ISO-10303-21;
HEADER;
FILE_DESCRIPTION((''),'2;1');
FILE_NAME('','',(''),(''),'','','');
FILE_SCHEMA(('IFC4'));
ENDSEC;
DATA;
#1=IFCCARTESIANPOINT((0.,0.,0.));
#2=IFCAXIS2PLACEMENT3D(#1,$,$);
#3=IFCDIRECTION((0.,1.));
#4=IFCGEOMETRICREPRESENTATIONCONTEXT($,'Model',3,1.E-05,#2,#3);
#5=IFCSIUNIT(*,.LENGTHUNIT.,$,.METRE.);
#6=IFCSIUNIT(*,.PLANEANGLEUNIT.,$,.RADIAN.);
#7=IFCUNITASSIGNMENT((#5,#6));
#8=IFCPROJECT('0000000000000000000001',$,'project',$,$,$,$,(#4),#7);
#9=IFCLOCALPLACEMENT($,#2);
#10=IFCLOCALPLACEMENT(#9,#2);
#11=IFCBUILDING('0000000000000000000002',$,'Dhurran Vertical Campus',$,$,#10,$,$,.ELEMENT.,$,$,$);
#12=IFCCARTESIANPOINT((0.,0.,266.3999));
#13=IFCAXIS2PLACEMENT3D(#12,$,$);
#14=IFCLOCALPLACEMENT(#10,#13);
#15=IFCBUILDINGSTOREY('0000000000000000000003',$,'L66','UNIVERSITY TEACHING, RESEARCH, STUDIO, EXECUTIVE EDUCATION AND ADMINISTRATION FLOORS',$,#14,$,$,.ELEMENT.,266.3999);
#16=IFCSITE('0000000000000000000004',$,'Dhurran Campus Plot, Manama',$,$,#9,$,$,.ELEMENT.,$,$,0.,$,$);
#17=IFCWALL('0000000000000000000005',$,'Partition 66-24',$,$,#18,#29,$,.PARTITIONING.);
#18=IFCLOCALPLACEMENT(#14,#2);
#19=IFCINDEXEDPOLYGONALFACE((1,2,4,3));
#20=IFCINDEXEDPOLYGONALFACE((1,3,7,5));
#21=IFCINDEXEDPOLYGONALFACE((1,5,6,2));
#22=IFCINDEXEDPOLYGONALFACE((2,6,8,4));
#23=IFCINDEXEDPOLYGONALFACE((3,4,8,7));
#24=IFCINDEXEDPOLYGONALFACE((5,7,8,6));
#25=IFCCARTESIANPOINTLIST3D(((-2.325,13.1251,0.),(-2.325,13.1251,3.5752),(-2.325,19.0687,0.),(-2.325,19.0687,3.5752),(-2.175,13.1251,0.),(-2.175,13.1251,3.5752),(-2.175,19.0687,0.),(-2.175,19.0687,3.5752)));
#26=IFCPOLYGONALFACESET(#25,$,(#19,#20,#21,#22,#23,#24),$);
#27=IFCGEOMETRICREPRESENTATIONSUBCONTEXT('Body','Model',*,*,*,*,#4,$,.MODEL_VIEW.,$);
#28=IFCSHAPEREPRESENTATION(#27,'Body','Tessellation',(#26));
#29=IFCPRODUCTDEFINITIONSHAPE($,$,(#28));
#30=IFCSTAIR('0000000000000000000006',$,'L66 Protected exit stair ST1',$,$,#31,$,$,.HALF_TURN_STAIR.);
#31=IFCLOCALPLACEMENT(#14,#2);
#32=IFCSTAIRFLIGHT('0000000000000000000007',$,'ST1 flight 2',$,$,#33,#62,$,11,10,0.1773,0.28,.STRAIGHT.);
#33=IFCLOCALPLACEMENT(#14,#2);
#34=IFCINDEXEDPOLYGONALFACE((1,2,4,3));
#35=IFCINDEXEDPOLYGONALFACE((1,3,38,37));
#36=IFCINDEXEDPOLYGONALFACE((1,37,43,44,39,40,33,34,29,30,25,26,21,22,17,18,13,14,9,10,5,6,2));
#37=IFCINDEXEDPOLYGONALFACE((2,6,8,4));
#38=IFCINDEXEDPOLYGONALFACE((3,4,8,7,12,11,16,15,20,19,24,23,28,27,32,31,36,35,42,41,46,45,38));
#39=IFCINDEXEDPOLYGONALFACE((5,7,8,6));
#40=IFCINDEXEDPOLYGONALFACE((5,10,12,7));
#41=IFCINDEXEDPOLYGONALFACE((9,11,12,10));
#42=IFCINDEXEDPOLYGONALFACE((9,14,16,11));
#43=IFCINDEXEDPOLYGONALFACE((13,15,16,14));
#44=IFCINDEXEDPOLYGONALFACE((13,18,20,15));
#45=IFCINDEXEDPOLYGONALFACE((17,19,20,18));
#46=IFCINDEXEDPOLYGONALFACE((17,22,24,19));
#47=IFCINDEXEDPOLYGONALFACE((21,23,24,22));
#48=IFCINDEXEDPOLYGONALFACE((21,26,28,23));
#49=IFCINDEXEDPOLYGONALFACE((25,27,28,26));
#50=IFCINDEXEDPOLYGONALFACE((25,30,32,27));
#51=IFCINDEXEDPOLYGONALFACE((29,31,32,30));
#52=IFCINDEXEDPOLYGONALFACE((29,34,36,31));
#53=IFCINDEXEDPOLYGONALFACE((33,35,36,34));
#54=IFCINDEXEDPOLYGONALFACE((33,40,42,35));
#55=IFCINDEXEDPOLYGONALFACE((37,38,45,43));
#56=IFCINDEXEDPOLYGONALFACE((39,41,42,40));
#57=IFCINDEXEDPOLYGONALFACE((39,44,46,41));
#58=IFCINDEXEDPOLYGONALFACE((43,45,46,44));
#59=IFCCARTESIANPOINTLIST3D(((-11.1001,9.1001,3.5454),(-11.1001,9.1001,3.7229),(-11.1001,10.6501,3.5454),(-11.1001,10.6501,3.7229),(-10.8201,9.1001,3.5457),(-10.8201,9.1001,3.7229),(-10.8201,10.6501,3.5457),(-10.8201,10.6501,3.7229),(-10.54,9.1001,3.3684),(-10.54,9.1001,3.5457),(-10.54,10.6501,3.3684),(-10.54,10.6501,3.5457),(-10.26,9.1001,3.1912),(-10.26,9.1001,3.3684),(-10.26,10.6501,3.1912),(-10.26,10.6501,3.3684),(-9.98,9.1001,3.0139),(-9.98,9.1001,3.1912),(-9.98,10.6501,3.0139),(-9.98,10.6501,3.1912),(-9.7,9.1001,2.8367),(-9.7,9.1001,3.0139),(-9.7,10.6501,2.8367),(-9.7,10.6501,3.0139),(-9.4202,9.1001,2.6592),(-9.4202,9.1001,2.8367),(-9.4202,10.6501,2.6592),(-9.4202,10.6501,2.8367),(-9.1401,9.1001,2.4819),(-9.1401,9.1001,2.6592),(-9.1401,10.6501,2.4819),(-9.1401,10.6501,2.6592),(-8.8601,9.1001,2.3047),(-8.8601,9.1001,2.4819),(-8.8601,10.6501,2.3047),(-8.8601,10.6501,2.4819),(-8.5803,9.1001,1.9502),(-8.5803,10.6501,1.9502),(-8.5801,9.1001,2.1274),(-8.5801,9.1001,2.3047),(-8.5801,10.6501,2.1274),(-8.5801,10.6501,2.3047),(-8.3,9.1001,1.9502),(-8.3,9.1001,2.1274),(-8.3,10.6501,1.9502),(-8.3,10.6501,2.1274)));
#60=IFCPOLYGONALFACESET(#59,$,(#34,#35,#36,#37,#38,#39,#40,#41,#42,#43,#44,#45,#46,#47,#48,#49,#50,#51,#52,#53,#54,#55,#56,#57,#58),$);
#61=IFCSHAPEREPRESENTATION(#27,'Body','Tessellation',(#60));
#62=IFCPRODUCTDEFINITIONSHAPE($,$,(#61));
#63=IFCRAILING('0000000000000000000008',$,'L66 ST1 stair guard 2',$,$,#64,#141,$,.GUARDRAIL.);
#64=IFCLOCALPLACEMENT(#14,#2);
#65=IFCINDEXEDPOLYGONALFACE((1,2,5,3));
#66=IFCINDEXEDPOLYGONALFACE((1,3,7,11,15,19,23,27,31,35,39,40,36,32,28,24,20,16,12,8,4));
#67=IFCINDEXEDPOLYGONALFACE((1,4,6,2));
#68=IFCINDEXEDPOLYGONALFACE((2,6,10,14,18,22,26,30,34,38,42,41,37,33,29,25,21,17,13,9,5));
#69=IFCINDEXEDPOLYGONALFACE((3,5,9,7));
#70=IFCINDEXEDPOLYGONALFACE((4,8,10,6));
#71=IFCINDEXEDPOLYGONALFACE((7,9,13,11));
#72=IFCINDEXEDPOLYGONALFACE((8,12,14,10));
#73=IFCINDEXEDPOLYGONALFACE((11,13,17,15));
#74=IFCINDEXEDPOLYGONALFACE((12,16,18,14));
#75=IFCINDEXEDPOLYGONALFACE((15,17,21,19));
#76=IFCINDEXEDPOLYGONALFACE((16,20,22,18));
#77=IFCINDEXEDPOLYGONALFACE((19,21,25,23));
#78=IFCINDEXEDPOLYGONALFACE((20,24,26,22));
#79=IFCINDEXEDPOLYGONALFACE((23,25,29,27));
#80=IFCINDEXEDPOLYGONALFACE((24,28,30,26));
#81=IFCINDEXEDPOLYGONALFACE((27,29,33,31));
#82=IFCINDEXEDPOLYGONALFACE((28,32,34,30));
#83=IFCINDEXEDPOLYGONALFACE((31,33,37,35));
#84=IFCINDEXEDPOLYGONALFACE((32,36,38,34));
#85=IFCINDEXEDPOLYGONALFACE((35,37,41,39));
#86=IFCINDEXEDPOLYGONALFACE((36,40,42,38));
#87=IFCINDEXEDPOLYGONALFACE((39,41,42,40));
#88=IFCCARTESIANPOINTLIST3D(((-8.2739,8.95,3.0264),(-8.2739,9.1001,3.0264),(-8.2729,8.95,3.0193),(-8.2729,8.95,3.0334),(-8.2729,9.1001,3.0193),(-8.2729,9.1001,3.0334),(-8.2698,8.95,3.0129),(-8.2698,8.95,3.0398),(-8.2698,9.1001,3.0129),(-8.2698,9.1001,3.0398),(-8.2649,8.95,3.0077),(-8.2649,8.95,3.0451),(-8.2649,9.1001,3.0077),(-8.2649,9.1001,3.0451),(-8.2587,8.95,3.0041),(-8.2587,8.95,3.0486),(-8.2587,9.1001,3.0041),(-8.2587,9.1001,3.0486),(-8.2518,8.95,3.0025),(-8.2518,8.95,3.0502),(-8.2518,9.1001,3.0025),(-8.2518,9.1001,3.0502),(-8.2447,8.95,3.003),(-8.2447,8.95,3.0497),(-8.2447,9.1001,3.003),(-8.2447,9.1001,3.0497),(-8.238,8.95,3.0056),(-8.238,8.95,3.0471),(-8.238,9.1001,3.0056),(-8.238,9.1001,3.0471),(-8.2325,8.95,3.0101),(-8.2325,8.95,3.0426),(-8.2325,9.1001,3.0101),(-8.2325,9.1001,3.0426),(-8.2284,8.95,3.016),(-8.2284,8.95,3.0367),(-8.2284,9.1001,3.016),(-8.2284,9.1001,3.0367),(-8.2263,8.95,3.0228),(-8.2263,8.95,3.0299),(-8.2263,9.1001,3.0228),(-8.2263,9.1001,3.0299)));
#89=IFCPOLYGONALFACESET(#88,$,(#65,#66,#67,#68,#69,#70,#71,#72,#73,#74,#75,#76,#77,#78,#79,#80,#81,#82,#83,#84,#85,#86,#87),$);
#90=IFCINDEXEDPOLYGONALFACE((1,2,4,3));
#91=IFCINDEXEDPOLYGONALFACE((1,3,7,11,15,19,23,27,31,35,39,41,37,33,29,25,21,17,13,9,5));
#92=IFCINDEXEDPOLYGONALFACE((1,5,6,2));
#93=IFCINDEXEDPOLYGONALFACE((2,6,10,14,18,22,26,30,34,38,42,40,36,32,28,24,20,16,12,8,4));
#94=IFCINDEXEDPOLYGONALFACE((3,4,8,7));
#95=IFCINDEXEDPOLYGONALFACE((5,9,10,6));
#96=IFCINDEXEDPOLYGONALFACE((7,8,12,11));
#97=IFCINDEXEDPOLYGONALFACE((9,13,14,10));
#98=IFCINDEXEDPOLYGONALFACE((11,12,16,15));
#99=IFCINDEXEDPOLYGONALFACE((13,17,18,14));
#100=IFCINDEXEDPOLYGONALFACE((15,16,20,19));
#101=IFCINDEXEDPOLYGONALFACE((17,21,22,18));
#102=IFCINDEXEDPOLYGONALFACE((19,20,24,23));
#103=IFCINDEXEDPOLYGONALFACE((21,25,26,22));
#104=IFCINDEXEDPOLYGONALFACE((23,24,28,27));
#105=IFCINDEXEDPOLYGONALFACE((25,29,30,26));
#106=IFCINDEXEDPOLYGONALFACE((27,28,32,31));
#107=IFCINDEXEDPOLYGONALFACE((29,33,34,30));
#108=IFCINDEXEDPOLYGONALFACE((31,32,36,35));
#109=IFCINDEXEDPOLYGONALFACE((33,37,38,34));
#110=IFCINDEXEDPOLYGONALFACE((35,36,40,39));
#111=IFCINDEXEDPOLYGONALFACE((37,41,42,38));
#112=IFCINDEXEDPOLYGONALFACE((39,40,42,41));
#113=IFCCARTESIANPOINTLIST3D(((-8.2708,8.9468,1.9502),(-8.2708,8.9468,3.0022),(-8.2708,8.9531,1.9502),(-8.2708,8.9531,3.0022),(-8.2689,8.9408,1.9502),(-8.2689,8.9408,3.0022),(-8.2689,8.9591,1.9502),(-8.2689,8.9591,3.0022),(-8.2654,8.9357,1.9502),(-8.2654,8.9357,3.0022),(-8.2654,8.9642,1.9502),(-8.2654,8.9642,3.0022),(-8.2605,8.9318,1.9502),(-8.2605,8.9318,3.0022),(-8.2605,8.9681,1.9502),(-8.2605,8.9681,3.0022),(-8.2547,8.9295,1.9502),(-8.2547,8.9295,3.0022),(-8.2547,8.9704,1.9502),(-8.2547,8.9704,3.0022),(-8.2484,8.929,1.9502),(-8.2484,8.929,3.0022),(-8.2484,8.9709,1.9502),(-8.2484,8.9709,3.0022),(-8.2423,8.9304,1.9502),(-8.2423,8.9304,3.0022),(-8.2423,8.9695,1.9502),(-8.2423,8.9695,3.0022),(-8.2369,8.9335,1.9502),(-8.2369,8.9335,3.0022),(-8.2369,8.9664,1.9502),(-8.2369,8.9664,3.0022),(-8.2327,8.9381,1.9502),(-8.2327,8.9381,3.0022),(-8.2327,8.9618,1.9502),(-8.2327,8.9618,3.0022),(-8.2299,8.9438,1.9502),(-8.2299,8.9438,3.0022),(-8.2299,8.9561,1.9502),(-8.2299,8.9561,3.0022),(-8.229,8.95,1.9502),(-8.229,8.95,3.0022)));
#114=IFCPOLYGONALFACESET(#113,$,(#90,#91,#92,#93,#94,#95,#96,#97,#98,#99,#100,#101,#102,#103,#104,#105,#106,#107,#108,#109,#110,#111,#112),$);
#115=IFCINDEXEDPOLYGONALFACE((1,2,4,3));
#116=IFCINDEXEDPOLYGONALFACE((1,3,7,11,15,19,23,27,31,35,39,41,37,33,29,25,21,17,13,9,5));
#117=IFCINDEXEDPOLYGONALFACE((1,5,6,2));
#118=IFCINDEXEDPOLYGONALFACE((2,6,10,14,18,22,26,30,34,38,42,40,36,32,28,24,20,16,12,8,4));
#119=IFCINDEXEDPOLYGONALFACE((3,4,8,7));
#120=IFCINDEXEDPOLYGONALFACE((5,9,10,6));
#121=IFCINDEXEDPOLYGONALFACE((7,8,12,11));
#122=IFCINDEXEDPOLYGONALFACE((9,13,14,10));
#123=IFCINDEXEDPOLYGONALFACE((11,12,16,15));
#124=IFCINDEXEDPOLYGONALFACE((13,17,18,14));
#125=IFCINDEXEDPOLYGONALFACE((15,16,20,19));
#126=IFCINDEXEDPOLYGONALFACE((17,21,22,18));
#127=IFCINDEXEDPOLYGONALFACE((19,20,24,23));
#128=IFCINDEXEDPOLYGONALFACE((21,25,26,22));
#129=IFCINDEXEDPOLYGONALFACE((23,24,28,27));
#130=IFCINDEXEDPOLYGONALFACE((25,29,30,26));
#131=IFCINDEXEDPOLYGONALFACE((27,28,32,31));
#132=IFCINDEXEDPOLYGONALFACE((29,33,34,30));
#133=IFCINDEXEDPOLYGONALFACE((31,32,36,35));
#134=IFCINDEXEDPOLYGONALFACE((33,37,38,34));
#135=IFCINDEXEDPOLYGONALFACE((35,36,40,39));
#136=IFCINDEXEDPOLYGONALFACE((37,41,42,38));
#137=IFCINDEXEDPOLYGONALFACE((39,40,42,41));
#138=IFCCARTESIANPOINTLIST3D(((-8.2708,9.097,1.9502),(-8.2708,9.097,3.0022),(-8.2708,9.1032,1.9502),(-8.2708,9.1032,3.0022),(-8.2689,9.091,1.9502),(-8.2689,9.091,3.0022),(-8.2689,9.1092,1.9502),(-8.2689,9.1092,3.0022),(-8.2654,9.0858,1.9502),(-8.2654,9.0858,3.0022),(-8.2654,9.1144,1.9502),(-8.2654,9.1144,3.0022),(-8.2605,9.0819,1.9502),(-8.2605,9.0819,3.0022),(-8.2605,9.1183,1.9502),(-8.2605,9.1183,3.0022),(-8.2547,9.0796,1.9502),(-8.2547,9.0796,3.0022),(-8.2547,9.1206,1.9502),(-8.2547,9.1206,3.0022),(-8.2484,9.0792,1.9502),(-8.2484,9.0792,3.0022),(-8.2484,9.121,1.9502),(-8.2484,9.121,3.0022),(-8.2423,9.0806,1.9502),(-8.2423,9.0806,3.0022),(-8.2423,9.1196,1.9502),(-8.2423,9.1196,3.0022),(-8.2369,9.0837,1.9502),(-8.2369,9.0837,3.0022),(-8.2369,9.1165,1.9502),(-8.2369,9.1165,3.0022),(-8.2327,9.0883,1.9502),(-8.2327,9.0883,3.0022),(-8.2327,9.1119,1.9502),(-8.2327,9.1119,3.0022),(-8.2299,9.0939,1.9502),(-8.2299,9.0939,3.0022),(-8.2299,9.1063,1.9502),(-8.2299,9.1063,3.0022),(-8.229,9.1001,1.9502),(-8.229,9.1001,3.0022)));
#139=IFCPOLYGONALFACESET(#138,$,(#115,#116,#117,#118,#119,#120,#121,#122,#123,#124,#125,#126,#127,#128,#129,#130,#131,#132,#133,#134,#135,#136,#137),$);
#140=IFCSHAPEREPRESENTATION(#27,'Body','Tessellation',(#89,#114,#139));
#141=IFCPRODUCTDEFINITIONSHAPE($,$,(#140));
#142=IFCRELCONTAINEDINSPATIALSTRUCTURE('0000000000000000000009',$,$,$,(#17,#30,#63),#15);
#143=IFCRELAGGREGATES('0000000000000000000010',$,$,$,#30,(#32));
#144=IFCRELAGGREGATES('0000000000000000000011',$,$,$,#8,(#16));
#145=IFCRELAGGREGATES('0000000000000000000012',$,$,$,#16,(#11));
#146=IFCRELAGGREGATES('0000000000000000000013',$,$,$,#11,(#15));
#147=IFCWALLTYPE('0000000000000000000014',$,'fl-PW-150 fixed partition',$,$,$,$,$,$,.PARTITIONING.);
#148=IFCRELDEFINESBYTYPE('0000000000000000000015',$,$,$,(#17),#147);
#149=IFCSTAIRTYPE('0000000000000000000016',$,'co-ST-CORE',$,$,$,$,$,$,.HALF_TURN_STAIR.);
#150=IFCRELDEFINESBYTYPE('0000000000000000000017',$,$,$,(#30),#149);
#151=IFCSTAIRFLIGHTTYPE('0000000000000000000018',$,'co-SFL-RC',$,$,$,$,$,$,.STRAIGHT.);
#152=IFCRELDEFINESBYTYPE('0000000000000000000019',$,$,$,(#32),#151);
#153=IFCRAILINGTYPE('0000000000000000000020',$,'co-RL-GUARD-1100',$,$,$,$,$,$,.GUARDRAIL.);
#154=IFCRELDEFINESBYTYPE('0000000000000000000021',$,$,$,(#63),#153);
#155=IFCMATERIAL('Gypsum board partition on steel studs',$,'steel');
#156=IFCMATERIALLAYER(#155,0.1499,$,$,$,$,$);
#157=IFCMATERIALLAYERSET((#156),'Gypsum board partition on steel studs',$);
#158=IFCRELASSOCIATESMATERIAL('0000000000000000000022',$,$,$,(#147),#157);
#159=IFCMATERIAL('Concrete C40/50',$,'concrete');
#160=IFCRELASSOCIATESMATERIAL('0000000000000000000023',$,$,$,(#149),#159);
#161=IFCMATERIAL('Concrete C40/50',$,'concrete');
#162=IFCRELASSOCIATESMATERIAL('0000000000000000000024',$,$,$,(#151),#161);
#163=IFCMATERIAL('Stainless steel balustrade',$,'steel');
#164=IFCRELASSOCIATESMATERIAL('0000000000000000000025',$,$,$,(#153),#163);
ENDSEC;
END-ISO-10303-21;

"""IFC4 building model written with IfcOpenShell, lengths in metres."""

from ifc_helpers import new_model, si_unit, direction, frame, frame_2d, origin, origin_2d, place, context, subcontext, project, spatial, polyline, rectangle, circle, outline, extrude, material, layer, layer_set, type_object, element, aggregate, save


model = new_model("IFC4")

# Units and contexts
model_context = context("Model", 3, precision=1e-05, world=origin(), true_north=direction((0.0, 1.0)))
body_context = subcontext(model_context, "Body", "Model", "MODEL_VIEW")
ifc_project = project(units=[si_unit("LENGTHUNIT", "METRE"), si_unit("PLANEANGLEUNIT", "RADIAN")], contexts=[model_context])

# Site, building, storey
site_placement = place(None, origin())
site = spatial("IfcSite", under=ifc_project, at=site_placement, Name="Dhurran Campus Plot, Manama", CompositionType="ELEMENT", RefElevation=0.0)
building_placement = place(site_placement, origin())
building = spatial("IfcBuilding", under=site, at=building_placement, Name="Dhurran Vertical Campus", CompositionType="ELEMENT")
storey_placement = place(building_placement, frame((0.0, 0.0, 266.3999)))
storey = spatial("IfcBuildingStorey", under=building, at=storey_placement, Name="L66", Description="UNIVERSITY TEACHING, RESEARCH, STUDIO, EXECUTIVE EDUCATION AND ADMINISTRATION FLOORS", CompositionType="ELEMENT", Elevation=266.3999)

# Wall
ifc_material_1 = material(Name="Gypsum board partition on steel studs", Category="steel")
ifc_layer_1 = layer(ifc_material_1, 0.1499)
ifc_layer_set_1 = layer_set([ifc_layer_1], Name="Gypsum board partition on steel studs")
wall_type_1 = type_object("IfcWallType", Name="fl-PW-150 fixed partition", PredefinedType="PARTITIONING", material=ifc_layer_set_1)
wall_1_placement = place(storey_placement, frame((-2.25, 19.0686, 0.0), z_axis=(0.0, 0.0, 1.0), x_axis=(0.0, -1.0, 0.0)))
element("IfcWall", 1, at=wall_1_placement, inside=storey, type_object=wall_type_1, Name="Partition 66-24", PredefinedType="PARTITIONING", context=body_context, shape_type="SweptSolid", body=[
    extrude(rectangle(XDim=5.9436, YDim=0.1499, at=frame_2d((2.9717, 0.0))), origin(), (0.0, 0.0, 1.0), 3.5752),
])

# Stair, stair flight
ifc_material_2 = material(Name="Concrete C40/50", Category="concrete")
stair_type = type_object("IfcStairType", Name="co-ST-CORE", PredefinedType="HALF_TURN_STAIR", material=ifc_material_2)
stair_placement = place(storey_placement, origin())
stair = element("IfcStair", 2, at=stair_placement, inside=storey, type_object=stair_type, Name="L66 Protected exit stair ST1", PredefinedType="HALF_TURN_STAIR")
ifc_material_3 = material(Name="Concrete C40/50", Category="concrete")
stair_flight_type = type_object("IfcStairFlightType", Name="co-SFL-RC", PredefinedType="STRAIGHT", material=ifc_material_3)
stair_flight_placement = place(storey_placement, frame((-8.3, 9.875, 1.9502), z_axis=(0.0, 0.0, 1.0), x_axis=(-1.0, 0.0, 0.0)))
stair_flight = element("IfcStairFlight", 3, at=stair_flight_placement, type_object=stair_flight_type, Name="ST1 flight 2", NumberOfRisers=11, NumberOfTreads=10, PredefinedType="STRAIGHT", RiserHeight=0.1773, TreadLength=0.28, context=body_context, shape_type="SweptSolid", body=[
    extrude(outline(polyline([(0.0, 0.0), (0.0, 0.1772), (0.28, 0.1772), (0.28, 0.3545), (0.5601, 0.3545), (0.5601, 0.5317), (0.8401, 0.5317), (0.8401, 0.709), (1.1201, 0.709), (1.1201, 0.8865), (1.3999, 0.8865), (1.3999, 1.0637), (1.6799, 1.0637), (1.6799, 1.241), (1.96, 1.241), (1.96, 1.4182), (2.24, 1.4182), (2.24, 1.5955), (2.52, 1.5955), (2.52, 1.7727), (2.8, 1.7727), (2.8, 1.95), (2.8, 1.5952), (0.2803, 0.0), (0.0, 0.0)])), frame((0.0, 0.7749, 0.0), z_axis=(0.0, -1.0, 0.0), x_axis=(1.0, 0.0, 0.0)), (0.0, 0.0, 1.0), 1.55),
])
aggregate(stair, [stair_flight])

# Railing
ifc_material_4 = material(Name="Stainless steel balustrade", Category="steel")
railing_type_1 = type_object("IfcRailingType", Name="co-RL-GUARD-1100", PredefinedType="GUARDRAIL", material=ifc_material_4)
railing_1_placement = place(storey_placement, frame((-8.25, 8.95, 1.9502)))
element("IfcRailing", 4, at=railing_1_placement, inside=storey, type_object=railing_type_1, Name="L66 ST1 stair guard 2", PredefinedType="GUARDRAIL", context=body_context, shape_type="SweptSolid", body=[
    extrude(circle(Radius=0.0239, at=origin_2d()), frame((0.0, 0.0, 1.0762), z_axis=(0.0, 1.0, 0.0), x_axis=(-1.0, 0.0, 0.0)), (0.0, 0.0, 1.0), 0.1501),
    extrude(circle(Radius=0.021, at=origin_2d()), origin(), (0.0, 0.0, 1.0), 1.052),
    extrude(circle(Radius=0.021, at=origin_2d()), frame((0.0, 0.1501, 0.0)), (0.0, 0.0, 1.0), 1.052),
])

save(model, "model.ifc")
